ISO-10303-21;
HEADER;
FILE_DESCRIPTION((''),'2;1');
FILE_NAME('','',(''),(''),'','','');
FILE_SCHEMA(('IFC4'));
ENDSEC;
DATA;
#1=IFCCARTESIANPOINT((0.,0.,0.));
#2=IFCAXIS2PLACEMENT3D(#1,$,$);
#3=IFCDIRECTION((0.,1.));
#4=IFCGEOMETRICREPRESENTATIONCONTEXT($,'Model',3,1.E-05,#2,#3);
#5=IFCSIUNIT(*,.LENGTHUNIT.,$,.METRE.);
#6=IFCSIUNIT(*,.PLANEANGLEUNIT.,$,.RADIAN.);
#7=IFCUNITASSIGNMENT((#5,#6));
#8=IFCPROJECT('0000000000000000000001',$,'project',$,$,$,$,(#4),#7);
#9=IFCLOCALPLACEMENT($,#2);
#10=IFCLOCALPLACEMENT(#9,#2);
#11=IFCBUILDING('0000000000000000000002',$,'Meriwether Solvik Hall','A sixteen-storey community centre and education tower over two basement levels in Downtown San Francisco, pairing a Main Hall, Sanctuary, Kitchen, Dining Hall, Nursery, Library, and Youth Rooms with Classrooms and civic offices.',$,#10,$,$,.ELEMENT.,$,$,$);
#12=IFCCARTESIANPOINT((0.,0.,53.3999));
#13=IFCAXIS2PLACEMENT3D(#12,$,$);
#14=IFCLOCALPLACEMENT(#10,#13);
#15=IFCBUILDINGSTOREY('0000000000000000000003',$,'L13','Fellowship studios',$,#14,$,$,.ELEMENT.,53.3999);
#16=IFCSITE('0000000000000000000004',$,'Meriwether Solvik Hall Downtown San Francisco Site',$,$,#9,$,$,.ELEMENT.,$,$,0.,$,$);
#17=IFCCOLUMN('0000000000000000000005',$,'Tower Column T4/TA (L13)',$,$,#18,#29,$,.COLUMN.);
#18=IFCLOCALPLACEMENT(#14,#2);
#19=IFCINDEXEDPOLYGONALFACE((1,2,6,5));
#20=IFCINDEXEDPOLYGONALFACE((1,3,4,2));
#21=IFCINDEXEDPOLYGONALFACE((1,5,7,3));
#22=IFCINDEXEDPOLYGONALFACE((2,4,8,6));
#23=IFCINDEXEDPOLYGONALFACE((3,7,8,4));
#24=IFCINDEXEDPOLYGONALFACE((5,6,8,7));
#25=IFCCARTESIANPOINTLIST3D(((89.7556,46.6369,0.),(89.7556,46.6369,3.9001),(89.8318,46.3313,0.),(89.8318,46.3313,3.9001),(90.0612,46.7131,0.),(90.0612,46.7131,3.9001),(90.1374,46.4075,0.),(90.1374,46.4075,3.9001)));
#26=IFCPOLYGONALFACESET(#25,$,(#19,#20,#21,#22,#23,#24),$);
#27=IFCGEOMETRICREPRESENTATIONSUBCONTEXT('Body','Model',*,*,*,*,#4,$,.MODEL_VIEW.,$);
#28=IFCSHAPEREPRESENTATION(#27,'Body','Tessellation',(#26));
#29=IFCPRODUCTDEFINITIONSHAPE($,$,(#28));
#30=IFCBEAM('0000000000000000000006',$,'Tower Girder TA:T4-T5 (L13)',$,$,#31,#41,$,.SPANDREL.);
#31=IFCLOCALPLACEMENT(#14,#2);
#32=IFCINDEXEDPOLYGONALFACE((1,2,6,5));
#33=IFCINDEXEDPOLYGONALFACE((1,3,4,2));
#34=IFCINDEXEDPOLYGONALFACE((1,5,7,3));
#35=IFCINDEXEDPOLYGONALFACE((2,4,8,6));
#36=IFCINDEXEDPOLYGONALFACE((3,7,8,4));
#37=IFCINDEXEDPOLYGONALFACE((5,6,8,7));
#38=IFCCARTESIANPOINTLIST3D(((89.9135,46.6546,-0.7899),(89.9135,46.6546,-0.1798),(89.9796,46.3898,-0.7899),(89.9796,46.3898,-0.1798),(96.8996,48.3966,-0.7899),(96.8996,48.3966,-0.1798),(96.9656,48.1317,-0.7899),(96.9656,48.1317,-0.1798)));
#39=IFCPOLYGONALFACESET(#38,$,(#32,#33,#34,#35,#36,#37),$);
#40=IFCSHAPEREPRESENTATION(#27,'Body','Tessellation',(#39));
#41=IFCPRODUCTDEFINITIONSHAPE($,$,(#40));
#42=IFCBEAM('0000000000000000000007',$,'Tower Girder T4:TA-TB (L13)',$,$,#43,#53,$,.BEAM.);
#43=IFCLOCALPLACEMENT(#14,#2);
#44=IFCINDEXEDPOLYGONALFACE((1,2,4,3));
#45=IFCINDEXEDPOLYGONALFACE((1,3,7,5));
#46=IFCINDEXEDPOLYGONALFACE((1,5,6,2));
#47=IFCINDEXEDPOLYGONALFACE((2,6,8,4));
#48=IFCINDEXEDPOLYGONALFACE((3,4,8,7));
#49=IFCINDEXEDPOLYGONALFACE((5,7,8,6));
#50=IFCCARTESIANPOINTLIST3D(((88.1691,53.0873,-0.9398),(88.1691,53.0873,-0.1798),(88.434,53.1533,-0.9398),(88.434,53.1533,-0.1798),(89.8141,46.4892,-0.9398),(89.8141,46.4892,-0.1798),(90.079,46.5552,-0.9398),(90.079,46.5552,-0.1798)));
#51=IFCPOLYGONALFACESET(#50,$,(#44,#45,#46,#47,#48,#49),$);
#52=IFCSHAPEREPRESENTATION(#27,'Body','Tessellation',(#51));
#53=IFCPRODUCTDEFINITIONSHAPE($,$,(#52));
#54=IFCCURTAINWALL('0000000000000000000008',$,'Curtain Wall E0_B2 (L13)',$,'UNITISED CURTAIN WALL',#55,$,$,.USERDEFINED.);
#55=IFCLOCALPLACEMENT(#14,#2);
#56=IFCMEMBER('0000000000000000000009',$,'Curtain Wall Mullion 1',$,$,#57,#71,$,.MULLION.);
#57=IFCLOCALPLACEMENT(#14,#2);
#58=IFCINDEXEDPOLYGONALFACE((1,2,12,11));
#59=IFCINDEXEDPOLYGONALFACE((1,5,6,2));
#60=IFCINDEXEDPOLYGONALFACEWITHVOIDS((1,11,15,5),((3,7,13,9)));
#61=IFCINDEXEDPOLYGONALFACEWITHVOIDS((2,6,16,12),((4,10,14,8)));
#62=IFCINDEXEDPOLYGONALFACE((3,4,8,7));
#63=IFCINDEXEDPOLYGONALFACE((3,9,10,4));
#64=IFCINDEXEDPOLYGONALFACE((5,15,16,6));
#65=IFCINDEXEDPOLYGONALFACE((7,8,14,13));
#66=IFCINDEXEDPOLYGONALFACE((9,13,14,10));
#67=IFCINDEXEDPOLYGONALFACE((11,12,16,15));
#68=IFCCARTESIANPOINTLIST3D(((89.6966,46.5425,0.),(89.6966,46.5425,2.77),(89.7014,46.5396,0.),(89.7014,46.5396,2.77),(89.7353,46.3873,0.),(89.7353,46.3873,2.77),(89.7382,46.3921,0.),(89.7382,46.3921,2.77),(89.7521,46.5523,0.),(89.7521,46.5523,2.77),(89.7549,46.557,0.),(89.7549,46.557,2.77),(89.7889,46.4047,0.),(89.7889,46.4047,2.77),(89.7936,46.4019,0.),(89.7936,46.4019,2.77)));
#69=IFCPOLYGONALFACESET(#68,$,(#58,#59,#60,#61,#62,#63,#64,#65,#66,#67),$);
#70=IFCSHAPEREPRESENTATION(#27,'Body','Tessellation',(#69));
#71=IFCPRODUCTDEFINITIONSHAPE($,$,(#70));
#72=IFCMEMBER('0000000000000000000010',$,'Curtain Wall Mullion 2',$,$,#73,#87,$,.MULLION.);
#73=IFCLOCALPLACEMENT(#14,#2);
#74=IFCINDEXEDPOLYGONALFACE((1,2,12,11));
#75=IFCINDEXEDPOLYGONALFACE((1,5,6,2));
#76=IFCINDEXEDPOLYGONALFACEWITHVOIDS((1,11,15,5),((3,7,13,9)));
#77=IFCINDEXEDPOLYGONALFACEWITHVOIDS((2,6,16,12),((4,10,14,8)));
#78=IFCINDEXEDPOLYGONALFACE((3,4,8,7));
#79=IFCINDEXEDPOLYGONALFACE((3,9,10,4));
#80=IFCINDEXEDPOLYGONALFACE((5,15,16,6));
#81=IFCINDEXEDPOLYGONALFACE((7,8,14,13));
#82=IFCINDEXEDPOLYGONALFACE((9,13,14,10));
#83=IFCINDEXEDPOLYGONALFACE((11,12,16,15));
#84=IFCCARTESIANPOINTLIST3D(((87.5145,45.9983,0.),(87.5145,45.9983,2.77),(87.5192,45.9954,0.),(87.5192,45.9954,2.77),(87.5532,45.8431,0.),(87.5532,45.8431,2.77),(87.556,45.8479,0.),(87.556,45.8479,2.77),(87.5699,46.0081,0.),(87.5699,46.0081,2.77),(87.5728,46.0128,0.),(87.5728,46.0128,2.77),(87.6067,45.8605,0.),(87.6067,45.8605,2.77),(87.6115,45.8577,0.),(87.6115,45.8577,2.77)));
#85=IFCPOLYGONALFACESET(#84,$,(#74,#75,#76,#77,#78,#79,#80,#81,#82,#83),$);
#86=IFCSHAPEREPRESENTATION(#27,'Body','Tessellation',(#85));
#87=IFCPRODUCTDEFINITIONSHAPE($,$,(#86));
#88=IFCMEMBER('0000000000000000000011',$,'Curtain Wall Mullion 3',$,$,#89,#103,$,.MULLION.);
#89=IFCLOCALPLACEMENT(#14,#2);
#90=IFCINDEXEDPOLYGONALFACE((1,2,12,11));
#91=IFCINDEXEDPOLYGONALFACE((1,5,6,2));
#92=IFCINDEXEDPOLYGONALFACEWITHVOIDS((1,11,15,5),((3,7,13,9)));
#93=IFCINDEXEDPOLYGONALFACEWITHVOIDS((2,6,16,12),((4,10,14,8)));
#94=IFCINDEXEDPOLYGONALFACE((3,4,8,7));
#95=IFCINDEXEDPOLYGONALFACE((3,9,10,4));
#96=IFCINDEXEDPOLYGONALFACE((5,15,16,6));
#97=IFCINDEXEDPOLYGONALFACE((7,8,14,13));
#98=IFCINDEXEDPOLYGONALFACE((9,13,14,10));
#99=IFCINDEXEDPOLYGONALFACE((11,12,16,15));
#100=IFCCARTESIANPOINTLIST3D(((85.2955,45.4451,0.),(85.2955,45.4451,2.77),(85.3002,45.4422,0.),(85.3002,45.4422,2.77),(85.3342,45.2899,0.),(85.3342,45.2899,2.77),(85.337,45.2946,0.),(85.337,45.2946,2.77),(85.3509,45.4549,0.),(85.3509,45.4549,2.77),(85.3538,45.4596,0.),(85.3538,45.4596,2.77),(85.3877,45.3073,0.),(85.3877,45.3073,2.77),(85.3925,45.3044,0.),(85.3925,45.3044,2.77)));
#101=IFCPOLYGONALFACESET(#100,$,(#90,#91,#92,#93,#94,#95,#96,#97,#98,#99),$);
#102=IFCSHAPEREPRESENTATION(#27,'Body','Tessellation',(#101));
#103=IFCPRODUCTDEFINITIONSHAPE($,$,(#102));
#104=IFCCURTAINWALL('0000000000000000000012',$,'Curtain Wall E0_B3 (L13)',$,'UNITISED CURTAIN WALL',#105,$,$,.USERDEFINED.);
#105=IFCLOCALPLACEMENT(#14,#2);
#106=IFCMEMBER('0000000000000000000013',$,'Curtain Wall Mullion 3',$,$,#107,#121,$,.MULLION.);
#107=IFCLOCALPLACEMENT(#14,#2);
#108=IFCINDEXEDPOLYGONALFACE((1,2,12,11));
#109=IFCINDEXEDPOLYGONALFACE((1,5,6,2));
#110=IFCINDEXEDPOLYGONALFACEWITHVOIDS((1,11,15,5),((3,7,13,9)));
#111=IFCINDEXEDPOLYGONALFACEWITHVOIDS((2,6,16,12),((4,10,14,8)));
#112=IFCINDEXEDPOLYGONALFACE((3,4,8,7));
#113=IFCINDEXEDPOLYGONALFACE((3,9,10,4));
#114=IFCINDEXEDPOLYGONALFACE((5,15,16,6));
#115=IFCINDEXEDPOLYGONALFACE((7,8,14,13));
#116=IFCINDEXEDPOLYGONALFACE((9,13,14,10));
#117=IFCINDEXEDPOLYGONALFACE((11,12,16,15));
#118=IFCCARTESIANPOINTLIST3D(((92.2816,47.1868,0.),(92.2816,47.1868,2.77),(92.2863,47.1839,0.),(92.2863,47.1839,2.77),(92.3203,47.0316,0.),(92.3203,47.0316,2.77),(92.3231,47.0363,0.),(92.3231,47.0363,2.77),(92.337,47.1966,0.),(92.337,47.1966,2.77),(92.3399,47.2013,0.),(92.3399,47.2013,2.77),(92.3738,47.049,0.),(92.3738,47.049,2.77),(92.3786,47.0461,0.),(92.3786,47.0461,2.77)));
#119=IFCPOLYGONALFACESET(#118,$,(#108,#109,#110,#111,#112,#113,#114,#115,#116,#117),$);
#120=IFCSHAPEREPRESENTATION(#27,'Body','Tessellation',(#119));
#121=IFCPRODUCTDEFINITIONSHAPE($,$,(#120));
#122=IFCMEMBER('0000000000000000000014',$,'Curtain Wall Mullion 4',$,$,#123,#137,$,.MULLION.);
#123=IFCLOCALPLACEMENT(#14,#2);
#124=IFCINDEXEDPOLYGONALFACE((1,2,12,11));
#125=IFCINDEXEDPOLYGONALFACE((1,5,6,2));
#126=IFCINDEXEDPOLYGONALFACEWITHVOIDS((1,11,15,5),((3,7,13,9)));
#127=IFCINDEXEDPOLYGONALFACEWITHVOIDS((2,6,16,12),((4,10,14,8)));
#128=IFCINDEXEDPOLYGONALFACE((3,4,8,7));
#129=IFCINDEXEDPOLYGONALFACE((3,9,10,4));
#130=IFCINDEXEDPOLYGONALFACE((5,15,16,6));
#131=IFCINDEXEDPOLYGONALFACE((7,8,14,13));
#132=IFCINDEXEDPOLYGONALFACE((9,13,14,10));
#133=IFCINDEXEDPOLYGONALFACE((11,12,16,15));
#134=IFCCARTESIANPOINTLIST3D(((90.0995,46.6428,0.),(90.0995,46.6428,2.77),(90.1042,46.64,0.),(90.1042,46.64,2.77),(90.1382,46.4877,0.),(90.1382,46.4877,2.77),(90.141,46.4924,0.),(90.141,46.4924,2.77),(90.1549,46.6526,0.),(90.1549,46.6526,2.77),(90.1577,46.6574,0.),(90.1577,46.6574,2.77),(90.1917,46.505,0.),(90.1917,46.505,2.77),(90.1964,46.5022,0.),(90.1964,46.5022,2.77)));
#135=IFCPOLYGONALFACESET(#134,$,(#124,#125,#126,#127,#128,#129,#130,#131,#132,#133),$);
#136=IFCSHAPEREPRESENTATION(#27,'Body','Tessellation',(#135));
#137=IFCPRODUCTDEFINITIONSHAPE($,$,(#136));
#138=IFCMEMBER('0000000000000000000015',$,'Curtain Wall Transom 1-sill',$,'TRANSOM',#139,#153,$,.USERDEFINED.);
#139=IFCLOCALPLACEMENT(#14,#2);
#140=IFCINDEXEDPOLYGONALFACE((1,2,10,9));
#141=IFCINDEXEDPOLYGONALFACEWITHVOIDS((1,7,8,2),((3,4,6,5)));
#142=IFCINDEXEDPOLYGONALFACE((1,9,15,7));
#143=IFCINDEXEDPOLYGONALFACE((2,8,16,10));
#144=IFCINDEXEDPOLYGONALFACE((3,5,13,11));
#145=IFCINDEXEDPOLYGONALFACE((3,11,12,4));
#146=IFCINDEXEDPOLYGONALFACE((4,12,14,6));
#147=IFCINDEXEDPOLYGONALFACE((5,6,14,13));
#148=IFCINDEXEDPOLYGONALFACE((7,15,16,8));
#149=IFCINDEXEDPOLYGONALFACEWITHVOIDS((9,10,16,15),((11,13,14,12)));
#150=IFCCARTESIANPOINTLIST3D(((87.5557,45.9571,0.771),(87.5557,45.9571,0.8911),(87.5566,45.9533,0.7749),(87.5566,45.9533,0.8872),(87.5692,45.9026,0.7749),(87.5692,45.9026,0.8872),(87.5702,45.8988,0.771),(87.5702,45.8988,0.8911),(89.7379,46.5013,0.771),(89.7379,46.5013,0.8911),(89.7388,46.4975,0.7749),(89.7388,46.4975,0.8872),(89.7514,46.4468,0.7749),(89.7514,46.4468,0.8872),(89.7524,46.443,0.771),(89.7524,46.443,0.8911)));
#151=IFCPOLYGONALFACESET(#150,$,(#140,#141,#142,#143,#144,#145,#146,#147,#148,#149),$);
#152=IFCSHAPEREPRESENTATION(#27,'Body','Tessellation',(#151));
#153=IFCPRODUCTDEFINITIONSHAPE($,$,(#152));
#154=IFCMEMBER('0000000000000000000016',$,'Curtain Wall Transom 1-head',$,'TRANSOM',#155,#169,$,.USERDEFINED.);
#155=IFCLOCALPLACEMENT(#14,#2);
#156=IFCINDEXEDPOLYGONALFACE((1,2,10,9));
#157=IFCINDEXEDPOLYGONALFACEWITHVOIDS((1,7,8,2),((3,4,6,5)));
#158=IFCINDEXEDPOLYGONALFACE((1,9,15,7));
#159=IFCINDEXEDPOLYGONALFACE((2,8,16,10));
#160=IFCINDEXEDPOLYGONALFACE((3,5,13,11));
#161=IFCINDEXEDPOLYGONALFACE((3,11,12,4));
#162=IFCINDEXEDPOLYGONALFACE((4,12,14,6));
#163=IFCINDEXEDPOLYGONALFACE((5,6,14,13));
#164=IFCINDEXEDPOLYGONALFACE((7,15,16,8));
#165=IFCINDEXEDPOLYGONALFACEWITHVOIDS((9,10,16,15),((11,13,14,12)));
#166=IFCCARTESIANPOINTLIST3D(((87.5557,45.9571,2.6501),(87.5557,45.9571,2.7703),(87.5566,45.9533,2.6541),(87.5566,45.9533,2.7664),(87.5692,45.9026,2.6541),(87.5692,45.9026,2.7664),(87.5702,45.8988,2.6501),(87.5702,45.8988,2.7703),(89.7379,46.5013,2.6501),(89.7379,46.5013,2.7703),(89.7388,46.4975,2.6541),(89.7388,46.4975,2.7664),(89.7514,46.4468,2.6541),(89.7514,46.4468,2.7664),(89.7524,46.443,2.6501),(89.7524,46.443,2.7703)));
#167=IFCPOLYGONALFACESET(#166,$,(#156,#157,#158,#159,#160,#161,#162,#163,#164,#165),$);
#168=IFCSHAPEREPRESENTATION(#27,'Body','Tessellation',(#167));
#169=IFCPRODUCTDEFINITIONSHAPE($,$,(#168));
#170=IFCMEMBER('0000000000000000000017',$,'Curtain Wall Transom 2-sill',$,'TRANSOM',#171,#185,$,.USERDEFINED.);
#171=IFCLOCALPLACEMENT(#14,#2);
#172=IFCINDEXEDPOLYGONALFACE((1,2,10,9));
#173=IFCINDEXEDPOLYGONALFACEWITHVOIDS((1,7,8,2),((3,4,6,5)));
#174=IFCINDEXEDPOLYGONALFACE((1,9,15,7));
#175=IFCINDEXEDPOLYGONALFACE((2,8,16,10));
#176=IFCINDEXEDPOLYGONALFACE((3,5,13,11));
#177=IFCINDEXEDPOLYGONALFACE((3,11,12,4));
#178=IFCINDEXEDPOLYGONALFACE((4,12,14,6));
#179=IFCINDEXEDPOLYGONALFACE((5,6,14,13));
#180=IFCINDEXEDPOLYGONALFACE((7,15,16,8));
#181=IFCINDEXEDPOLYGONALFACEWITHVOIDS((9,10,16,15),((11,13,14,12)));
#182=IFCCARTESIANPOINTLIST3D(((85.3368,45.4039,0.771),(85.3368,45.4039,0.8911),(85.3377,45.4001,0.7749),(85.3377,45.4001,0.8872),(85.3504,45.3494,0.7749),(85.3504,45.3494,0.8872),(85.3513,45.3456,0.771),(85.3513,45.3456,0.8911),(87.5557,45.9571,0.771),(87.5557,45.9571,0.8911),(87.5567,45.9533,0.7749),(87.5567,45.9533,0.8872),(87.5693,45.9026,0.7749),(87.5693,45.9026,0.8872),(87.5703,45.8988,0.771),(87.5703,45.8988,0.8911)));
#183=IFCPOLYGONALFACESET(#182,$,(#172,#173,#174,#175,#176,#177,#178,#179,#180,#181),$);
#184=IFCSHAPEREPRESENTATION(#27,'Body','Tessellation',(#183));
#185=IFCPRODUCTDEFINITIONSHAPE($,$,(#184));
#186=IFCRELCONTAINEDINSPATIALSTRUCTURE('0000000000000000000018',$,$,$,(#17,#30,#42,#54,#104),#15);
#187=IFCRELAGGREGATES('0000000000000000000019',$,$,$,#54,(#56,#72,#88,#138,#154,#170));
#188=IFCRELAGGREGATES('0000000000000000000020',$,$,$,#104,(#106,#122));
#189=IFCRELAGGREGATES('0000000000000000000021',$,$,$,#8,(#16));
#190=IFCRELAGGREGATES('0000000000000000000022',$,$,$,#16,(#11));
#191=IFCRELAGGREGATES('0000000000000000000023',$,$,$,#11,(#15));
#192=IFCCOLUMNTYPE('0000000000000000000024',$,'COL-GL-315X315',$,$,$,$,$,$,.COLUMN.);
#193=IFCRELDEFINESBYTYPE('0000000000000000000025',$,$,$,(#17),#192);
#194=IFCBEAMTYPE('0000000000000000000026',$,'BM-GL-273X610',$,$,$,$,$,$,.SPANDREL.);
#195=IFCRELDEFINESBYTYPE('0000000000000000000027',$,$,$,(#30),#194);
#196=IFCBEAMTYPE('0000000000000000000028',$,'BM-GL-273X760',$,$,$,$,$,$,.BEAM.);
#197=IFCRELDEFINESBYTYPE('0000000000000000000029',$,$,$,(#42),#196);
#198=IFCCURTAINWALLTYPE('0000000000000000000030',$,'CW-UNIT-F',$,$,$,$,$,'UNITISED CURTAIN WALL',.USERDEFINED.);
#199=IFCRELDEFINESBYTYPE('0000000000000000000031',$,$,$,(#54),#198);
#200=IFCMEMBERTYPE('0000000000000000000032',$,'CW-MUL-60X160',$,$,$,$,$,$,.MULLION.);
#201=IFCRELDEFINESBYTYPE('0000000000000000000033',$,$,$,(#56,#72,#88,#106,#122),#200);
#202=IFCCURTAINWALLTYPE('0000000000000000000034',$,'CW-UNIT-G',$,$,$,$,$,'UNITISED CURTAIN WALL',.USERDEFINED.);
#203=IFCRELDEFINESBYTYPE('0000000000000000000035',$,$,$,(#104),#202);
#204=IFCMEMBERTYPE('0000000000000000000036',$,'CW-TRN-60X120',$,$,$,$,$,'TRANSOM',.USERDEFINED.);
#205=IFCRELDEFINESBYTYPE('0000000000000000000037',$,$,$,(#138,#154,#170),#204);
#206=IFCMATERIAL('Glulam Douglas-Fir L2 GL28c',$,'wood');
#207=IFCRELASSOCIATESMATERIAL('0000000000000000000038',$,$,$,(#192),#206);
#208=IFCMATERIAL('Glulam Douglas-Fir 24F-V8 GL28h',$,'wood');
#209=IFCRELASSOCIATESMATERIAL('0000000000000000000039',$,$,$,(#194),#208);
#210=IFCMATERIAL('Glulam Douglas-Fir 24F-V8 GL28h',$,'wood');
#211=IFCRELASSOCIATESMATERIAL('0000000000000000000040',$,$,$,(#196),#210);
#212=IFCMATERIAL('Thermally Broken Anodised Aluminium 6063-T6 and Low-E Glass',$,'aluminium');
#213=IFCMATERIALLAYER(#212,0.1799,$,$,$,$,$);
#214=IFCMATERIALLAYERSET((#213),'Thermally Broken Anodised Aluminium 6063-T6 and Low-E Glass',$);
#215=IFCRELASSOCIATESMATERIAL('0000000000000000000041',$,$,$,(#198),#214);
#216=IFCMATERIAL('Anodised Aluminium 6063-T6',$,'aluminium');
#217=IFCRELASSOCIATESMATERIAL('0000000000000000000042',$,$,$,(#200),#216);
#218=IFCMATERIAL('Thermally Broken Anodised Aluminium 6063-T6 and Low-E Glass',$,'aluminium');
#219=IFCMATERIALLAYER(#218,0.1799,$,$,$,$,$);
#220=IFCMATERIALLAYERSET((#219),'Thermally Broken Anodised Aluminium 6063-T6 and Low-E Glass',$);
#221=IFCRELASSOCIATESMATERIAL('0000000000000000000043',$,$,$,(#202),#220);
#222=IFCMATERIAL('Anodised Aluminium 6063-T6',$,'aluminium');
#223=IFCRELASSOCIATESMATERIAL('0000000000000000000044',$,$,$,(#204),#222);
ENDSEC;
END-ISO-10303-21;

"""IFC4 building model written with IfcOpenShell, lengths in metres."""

from ifc_helpers import new_model, si_unit, direction, frame, origin, origin_2d, place, context, subcontext, project, spatial, rectangle, hollow_rectangle, extrude, material, layer, layer_set, material_profile, profile_set, type_object, element, aggregate, save


model = new_model("IFC4")

# Units and contexts
model_context = context("Model", 3, precision=1e-05, world=origin(), true_north=direction((0.0, 1.0)))
body_context = subcontext(model_context, "Body", "Model", "MODEL_VIEW")
ifc_project = project(units=[si_unit("LENGTHUNIT", "METRE"), si_unit("PLANEANGLEUNIT", "RADIAN")], contexts=[model_context])

# Site, building, storey
site_placement = place(None, origin())
site = spatial("IfcSite", under=ifc_project, at=site_placement, Name="Meriwether Solvik Hall Downtown San Francisco Site", CompositionType="ELEMENT", RefElevation=0.0)
building_placement = place(site_placement, origin())
building = spatial("IfcBuilding", under=site, at=building_placement, Name="Meriwether Solvik Hall", Description="A sixteen-storey community centre and education tower over two basement levels in Downtown San Francisco, pairing a Main Hall, Sanctuary, Kitchen, Dining Hall, Nursery, Library, and Youth Rooms with Classrooms and civic offices.", CompositionType="ELEMENT")
storey_placement = place(building_placement, frame((0.0, 0.0, 53.3999)))
storey = spatial("IfcBuildingStorey", under=building, at=storey_placement, Name="L13", Description="Fellowship studios", CompositionType="ELEMENT", Elevation=53.3999)

# Column
ifc_material_1 = material(Name="Glulam Douglas-Fir L2 GL28c", Category="wood")
ifc_material_profile_1 = material_profile(ifc_material_1, rectangle(XDim=0.3149, YDim=0.3149, at=origin_2d()), Name="GLC-315X315")
ifc_profile_set_1 = profile_set([ifc_material_profile_1], Name="Glulam Douglas-Fir L2 GL28c")
column_type = type_object("IfcColumnType", Name="COL-GL-315X315", PredefinedType="COLUMN", material=ifc_profile_set_1)
column_placement = place(storey_placement, frame((89.9465, 46.5222, 0.0), z_axis=(0.0, 0.0, 1.0), x_axis=(0.970296, 0.241922, 0.0)))
element("IfcColumn", 1, at=column_placement, inside=storey, type_object=column_type, Name="Tower Column T4/TA (L13)", PredefinedType="COLUMN", context=body_context, shape_type="SweptSolid", body=[
    extrude(rectangle(XDim=0.3149, YDim=0.3149, at=origin_2d()), origin(), (0.0, 0.0, 1.0), 3.9001),
])

# Beams
ifc_material_2 = material(Name="Glulam Douglas-Fir 24F-V8 GL28h", Category="wood")
ifc_material_profile_2 = material_profile(ifc_material_2, rectangle(XDim=0.2729, YDim=0.6101, at=origin_2d()), Name="GLB-273X610")
ifc_profile_set_2 = profile_set([ifc_material_profile_2], Name="Glulam Douglas-Fir 24F-V8 GL28h")
beam_type_1 = type_object("IfcBeamType", Name="BM-GL-273X610", PredefinedType="SPANDREL", material=ifc_profile_set_2)
beam_1_placement = place(storey_placement, frame((89.9465, 46.5222, -0.4849), z_axis=(0.970292, 0.241937, 0.0), x_axis=(-0.241937, 0.970292, 0.0)))
element("IfcBeam", 2, at=beam_1_placement, inside=storey, type_object=beam_type_1, Name="Tower Girder TA:T4-T5 (L13)", PredefinedType="SPANDREL", context=body_context, shape_type="SweptSolid", body=[
    extrude(rectangle(XDim=0.2729, YDim=0.6101, at=origin_2d()), origin(), (0.0, 0.0, 1.0), 7.2),
])
ifc_material_3 = material(Name="Glulam Douglas-Fir 24F-V8 GL28h", Category="wood")
ifc_material_profile_3 = material_profile(ifc_material_3, rectangle(XDim=0.2729, YDim=0.76, at=origin_2d()), Name="GLB-273X760")
ifc_profile_set_3 = profile_set([ifc_material_profile_3], Name="Glulam Douglas-Fir 24F-V8 GL28h")
beam_type_2 = type_object("IfcBeamType", Name="BM-GL-273X760", PredefinedType="BEAM", material=ifc_profile_set_3)
beam_2_placement = place(storey_placement, frame((89.9465, 46.5222, -0.5598), z_axis=(-0.24191, 0.970299, 0.0), x_axis=(-0.970299, -0.24191, 0.0)))
element("IfcBeam", 3, at=beam_2_placement, inside=storey, type_object=beam_type_2, Name="Tower Girder T4:TA-TB (L13)", PredefinedType="BEAM", context=body_context, shape_type="SweptSolid", body=[
    extrude(rectangle(XDim=0.2729, YDim=0.76, at=origin_2d()), origin(), (0.0, 0.0, 1.0), 6.8),
])

# Curtain walls, members
ifc_material_4 = material(Name="Thermally Broken Anodised Aluminium 6063-T6 and Low-E Glass", Category="aluminium")
ifc_layer_1 = layer(ifc_material_4, 0.1799)
ifc_layer_set_1 = layer_set([ifc_layer_1], Name="Thermally Broken Anodised Aluminium 6063-T6 and Low-E Glass")
curtain_wall_type_1 = type_object("IfcCurtainWallType", Name="CW-UNIT-F", ElementType="UNITISED CURTAIN WALL", PredefinedType="USERDEFINED", material=ifc_layer_set_1)
curtain_wall_1_placement = place(storey_placement, origin())
curtain_wall_1 = element("IfcCurtainWall", 4, at=curtain_wall_1_placement, inside=storey, type_object=curtain_wall_type_1, Name="Curtain Wall E0_B2 (L13)", ObjectType="UNITISED CURTAIN WALL", PredefinedType="USERDEFINED")
ifc_material_5 = material(Name="Anodised Aluminium 6063-T6", Category="aluminium")
ifc_material_profile_4 = material_profile(ifc_material_5, hollow_rectangle(XDim=0.0601, YDim=0.1599, WallThickness=0.0039, at=origin_2d()), Name="CWM-60X160")
ifc_profile_set_4 = profile_set([ifc_material_profile_4], Name="Anodised Aluminium 6063-T6")
member_type_1 = type_object("IfcMemberType", Name="CW-MUL-60X160", PredefinedType="MULLION", material=ifc_profile_set_4)
member_1_placement = place(storey_placement, frame((89.7451, 46.4722, 0.0), z_axis=(0.0, 0.0, 1.0), x_axis=(-0.970296, -0.241922, 0.0)))
member_1 = element("IfcMember", 5, at=member_1_placement, type_object=member_type_1, Name="Curtain Wall Mullion 1", PredefinedType="MULLION", context=body_context, shape_type="SweptSolid", body=[
    extrude(hollow_rectangle(XDim=0.0601, YDim=0.1599, WallThickness=0.0039, at=origin_2d()), origin(), (0.0, 0.0, 1.0), 2.77),
])
member_2_placement = place(storey_placement, frame((87.563, 45.928, 0.0), z_axis=(0.0, 0.0, 1.0), x_axis=(-0.970296, -0.241922, 0.0)))
member_2 = element("IfcMember", 6, at=member_2_placement, type_object=member_type_1, Name="Curtain Wall Mullion 2", PredefinedType="MULLION", context=body_context, shape_type="SweptSolid", body=[
    extrude(hollow_rectangle(XDim=0.0601, YDim=0.1599, WallThickness=0.0039, at=origin_2d()), origin(), (0.0, 0.0, 1.0), 2.77),
])
member_3_placement = place(storey_placement, frame((85.344, 45.3748, 0.0), z_axis=(0.0, 0.0, 1.0), x_axis=(-0.970296, -0.241922, 0.0)))
member_3 = element("IfcMember", 7, at=member_3_placement, type_object=member_type_1, Name="Curtain Wall Mullion 3", PredefinedType="MULLION", context=body_context, shape_type="SweptSolid", body=[
    extrude(hollow_rectangle(XDim=0.0601, YDim=0.1599, WallThickness=0.0039, at=origin_2d()), origin(), (0.0, 0.0, 1.0), 2.77),
])
ifc_material_6 = material(Name="Thermally Broken Anodised Aluminium 6063-T6 and Low-E Glass", Category="aluminium")
ifc_layer_2 = layer(ifc_material_6, 0.1799)
ifc_layer_set_2 = layer_set([ifc_layer_2], Name="Thermally Broken Anodised Aluminium 6063-T6 and Low-E Glass")
curtain_wall_type_2 = type_object("IfcCurtainWallType", Name="CW-UNIT-G", ElementType="UNITISED CURTAIN WALL", PredefinedType="USERDEFINED", material=ifc_layer_set_2)
curtain_wall_2_placement = place(storey_placement, origin())
curtain_wall_2 = element("IfcCurtainWall", 8, at=curtain_wall_2_placement, inside=storey, type_object=curtain_wall_type_2, Name="Curtain Wall E0_B3 (L13)", ObjectType="UNITISED CURTAIN WALL", PredefinedType="USERDEFINED")
member_4_placement = place(storey_placement, frame((92.3301, 47.1165, 0.0), z_axis=(0.0, 0.0, 1.0), x_axis=(-0.970296, -0.241922, 0.0)))
member_4 = element("IfcMember", 9, at=member_4_placement, type_object=member_type_1, Name="Curtain Wall Mullion 3", PredefinedType="MULLION", context=body_context, shape_type="SweptSolid", body=[
    extrude(hollow_rectangle(XDim=0.0601, YDim=0.1599, WallThickness=0.0039, at=origin_2d()), origin(), (0.0, 0.0, 1.0), 2.77),
])
member_5_placement = place(storey_placement, frame((90.1479, 46.5725, 0.0), z_axis=(0.0, 0.0, 1.0), x_axis=(-0.970296, -0.241922, 0.0)))
member_5 = element("IfcMember", 10, at=member_5_placement, type_object=member_type_1, Name="Curtain Wall Mullion 4", PredefinedType="MULLION", context=body_context, shape_type="SweptSolid", body=[
    extrude(hollow_rectangle(XDim=0.0601, YDim=0.1599, WallThickness=0.0039, at=origin_2d()), origin(), (0.0, 0.0, 1.0), 2.77),
])

# Members
ifc_material_7 = material(Name="Anodised Aluminium 6063-T6", Category="aluminium")
ifc_material_profile_5 = material_profile(ifc_material_7, hollow_rectangle(XDim=0.0601, YDim=0.1201, WallThickness=0.0039, at=origin_2d()), Name="CWT-60X120")
ifc_profile_set_5 = profile_set([ifc_material_profile_5], Name="Anodised Aluminium 6063-T6")
member_type_2 = type_object("IfcMemberType", Name="CW-TRN-60X120", ElementType="TRANSOM", PredefinedType="USERDEFINED", material=ifc_profile_set_5)
member_6_placement = place(storey_placement, frame((89.7451, 46.4722, 0.8311), z_axis=(-0.970283, -0.241974, 0.0), x_axis=(0.241974, -0.970283, 0.0)))
member_6 = element("IfcMember", 11, at=member_6_placement, type_object=member_type_2, Name="Curtain Wall Transom 1-sill", ObjectType="TRANSOM", PredefinedType="USERDEFINED", context=body_context, shape_type="SweptSolid", body=[
    extrude(hollow_rectangle(XDim=0.0601, YDim=0.1201, WallThickness=0.0039, at=origin_2d()), origin(), (0.0, 0.0, 1.0), 2.249),
])
member_7_placement = place(storey_placement, frame((89.7451, 46.4722, 2.7102), z_axis=(-0.970283, -0.241974, 0.0), x_axis=(0.241974, -0.970283, 0.0)))
member_7 = element("IfcMember", 12, at=member_7_placement, type_object=member_type_2, Name="Curtain Wall Transom 1-head", ObjectType="TRANSOM", PredefinedType="USERDEFINED", context=body_context, shape_type="SweptSolid", body=[
    extrude(hollow_rectangle(XDim=0.0601, YDim=0.1201, WallThickness=0.0039, at=origin_2d()), origin(), (0.0, 0.0, 1.0), 2.249),
])
member_8_placement = place(storey_placement, frame((87.563, 45.928, 0.8311), z_axis=(-0.970299, -0.241908, 0.0), x_axis=(0.241908, -0.970299, 0.0)))
member_8 = element("IfcMember", 13, at=member_8_placement, type_object=member_type_2, Name="Curtain Wall Transom 2-sill", ObjectType="TRANSOM", PredefinedType="USERDEFINED", context=body_context, shape_type="SweptSolid", body=[
    extrude(hollow_rectangle(XDim=0.0601, YDim=0.1201, WallThickness=0.0039, at=origin_2d()), origin(), (0.0, 0.0, 1.0), 2.2869),
])

aggregate(curtain_wall_1, [member_1, member_2, member_3, member_6, member_7, member_8])
aggregate(curtain_wall_2, [member_4, member_5])

save(model, "model.ifc")
